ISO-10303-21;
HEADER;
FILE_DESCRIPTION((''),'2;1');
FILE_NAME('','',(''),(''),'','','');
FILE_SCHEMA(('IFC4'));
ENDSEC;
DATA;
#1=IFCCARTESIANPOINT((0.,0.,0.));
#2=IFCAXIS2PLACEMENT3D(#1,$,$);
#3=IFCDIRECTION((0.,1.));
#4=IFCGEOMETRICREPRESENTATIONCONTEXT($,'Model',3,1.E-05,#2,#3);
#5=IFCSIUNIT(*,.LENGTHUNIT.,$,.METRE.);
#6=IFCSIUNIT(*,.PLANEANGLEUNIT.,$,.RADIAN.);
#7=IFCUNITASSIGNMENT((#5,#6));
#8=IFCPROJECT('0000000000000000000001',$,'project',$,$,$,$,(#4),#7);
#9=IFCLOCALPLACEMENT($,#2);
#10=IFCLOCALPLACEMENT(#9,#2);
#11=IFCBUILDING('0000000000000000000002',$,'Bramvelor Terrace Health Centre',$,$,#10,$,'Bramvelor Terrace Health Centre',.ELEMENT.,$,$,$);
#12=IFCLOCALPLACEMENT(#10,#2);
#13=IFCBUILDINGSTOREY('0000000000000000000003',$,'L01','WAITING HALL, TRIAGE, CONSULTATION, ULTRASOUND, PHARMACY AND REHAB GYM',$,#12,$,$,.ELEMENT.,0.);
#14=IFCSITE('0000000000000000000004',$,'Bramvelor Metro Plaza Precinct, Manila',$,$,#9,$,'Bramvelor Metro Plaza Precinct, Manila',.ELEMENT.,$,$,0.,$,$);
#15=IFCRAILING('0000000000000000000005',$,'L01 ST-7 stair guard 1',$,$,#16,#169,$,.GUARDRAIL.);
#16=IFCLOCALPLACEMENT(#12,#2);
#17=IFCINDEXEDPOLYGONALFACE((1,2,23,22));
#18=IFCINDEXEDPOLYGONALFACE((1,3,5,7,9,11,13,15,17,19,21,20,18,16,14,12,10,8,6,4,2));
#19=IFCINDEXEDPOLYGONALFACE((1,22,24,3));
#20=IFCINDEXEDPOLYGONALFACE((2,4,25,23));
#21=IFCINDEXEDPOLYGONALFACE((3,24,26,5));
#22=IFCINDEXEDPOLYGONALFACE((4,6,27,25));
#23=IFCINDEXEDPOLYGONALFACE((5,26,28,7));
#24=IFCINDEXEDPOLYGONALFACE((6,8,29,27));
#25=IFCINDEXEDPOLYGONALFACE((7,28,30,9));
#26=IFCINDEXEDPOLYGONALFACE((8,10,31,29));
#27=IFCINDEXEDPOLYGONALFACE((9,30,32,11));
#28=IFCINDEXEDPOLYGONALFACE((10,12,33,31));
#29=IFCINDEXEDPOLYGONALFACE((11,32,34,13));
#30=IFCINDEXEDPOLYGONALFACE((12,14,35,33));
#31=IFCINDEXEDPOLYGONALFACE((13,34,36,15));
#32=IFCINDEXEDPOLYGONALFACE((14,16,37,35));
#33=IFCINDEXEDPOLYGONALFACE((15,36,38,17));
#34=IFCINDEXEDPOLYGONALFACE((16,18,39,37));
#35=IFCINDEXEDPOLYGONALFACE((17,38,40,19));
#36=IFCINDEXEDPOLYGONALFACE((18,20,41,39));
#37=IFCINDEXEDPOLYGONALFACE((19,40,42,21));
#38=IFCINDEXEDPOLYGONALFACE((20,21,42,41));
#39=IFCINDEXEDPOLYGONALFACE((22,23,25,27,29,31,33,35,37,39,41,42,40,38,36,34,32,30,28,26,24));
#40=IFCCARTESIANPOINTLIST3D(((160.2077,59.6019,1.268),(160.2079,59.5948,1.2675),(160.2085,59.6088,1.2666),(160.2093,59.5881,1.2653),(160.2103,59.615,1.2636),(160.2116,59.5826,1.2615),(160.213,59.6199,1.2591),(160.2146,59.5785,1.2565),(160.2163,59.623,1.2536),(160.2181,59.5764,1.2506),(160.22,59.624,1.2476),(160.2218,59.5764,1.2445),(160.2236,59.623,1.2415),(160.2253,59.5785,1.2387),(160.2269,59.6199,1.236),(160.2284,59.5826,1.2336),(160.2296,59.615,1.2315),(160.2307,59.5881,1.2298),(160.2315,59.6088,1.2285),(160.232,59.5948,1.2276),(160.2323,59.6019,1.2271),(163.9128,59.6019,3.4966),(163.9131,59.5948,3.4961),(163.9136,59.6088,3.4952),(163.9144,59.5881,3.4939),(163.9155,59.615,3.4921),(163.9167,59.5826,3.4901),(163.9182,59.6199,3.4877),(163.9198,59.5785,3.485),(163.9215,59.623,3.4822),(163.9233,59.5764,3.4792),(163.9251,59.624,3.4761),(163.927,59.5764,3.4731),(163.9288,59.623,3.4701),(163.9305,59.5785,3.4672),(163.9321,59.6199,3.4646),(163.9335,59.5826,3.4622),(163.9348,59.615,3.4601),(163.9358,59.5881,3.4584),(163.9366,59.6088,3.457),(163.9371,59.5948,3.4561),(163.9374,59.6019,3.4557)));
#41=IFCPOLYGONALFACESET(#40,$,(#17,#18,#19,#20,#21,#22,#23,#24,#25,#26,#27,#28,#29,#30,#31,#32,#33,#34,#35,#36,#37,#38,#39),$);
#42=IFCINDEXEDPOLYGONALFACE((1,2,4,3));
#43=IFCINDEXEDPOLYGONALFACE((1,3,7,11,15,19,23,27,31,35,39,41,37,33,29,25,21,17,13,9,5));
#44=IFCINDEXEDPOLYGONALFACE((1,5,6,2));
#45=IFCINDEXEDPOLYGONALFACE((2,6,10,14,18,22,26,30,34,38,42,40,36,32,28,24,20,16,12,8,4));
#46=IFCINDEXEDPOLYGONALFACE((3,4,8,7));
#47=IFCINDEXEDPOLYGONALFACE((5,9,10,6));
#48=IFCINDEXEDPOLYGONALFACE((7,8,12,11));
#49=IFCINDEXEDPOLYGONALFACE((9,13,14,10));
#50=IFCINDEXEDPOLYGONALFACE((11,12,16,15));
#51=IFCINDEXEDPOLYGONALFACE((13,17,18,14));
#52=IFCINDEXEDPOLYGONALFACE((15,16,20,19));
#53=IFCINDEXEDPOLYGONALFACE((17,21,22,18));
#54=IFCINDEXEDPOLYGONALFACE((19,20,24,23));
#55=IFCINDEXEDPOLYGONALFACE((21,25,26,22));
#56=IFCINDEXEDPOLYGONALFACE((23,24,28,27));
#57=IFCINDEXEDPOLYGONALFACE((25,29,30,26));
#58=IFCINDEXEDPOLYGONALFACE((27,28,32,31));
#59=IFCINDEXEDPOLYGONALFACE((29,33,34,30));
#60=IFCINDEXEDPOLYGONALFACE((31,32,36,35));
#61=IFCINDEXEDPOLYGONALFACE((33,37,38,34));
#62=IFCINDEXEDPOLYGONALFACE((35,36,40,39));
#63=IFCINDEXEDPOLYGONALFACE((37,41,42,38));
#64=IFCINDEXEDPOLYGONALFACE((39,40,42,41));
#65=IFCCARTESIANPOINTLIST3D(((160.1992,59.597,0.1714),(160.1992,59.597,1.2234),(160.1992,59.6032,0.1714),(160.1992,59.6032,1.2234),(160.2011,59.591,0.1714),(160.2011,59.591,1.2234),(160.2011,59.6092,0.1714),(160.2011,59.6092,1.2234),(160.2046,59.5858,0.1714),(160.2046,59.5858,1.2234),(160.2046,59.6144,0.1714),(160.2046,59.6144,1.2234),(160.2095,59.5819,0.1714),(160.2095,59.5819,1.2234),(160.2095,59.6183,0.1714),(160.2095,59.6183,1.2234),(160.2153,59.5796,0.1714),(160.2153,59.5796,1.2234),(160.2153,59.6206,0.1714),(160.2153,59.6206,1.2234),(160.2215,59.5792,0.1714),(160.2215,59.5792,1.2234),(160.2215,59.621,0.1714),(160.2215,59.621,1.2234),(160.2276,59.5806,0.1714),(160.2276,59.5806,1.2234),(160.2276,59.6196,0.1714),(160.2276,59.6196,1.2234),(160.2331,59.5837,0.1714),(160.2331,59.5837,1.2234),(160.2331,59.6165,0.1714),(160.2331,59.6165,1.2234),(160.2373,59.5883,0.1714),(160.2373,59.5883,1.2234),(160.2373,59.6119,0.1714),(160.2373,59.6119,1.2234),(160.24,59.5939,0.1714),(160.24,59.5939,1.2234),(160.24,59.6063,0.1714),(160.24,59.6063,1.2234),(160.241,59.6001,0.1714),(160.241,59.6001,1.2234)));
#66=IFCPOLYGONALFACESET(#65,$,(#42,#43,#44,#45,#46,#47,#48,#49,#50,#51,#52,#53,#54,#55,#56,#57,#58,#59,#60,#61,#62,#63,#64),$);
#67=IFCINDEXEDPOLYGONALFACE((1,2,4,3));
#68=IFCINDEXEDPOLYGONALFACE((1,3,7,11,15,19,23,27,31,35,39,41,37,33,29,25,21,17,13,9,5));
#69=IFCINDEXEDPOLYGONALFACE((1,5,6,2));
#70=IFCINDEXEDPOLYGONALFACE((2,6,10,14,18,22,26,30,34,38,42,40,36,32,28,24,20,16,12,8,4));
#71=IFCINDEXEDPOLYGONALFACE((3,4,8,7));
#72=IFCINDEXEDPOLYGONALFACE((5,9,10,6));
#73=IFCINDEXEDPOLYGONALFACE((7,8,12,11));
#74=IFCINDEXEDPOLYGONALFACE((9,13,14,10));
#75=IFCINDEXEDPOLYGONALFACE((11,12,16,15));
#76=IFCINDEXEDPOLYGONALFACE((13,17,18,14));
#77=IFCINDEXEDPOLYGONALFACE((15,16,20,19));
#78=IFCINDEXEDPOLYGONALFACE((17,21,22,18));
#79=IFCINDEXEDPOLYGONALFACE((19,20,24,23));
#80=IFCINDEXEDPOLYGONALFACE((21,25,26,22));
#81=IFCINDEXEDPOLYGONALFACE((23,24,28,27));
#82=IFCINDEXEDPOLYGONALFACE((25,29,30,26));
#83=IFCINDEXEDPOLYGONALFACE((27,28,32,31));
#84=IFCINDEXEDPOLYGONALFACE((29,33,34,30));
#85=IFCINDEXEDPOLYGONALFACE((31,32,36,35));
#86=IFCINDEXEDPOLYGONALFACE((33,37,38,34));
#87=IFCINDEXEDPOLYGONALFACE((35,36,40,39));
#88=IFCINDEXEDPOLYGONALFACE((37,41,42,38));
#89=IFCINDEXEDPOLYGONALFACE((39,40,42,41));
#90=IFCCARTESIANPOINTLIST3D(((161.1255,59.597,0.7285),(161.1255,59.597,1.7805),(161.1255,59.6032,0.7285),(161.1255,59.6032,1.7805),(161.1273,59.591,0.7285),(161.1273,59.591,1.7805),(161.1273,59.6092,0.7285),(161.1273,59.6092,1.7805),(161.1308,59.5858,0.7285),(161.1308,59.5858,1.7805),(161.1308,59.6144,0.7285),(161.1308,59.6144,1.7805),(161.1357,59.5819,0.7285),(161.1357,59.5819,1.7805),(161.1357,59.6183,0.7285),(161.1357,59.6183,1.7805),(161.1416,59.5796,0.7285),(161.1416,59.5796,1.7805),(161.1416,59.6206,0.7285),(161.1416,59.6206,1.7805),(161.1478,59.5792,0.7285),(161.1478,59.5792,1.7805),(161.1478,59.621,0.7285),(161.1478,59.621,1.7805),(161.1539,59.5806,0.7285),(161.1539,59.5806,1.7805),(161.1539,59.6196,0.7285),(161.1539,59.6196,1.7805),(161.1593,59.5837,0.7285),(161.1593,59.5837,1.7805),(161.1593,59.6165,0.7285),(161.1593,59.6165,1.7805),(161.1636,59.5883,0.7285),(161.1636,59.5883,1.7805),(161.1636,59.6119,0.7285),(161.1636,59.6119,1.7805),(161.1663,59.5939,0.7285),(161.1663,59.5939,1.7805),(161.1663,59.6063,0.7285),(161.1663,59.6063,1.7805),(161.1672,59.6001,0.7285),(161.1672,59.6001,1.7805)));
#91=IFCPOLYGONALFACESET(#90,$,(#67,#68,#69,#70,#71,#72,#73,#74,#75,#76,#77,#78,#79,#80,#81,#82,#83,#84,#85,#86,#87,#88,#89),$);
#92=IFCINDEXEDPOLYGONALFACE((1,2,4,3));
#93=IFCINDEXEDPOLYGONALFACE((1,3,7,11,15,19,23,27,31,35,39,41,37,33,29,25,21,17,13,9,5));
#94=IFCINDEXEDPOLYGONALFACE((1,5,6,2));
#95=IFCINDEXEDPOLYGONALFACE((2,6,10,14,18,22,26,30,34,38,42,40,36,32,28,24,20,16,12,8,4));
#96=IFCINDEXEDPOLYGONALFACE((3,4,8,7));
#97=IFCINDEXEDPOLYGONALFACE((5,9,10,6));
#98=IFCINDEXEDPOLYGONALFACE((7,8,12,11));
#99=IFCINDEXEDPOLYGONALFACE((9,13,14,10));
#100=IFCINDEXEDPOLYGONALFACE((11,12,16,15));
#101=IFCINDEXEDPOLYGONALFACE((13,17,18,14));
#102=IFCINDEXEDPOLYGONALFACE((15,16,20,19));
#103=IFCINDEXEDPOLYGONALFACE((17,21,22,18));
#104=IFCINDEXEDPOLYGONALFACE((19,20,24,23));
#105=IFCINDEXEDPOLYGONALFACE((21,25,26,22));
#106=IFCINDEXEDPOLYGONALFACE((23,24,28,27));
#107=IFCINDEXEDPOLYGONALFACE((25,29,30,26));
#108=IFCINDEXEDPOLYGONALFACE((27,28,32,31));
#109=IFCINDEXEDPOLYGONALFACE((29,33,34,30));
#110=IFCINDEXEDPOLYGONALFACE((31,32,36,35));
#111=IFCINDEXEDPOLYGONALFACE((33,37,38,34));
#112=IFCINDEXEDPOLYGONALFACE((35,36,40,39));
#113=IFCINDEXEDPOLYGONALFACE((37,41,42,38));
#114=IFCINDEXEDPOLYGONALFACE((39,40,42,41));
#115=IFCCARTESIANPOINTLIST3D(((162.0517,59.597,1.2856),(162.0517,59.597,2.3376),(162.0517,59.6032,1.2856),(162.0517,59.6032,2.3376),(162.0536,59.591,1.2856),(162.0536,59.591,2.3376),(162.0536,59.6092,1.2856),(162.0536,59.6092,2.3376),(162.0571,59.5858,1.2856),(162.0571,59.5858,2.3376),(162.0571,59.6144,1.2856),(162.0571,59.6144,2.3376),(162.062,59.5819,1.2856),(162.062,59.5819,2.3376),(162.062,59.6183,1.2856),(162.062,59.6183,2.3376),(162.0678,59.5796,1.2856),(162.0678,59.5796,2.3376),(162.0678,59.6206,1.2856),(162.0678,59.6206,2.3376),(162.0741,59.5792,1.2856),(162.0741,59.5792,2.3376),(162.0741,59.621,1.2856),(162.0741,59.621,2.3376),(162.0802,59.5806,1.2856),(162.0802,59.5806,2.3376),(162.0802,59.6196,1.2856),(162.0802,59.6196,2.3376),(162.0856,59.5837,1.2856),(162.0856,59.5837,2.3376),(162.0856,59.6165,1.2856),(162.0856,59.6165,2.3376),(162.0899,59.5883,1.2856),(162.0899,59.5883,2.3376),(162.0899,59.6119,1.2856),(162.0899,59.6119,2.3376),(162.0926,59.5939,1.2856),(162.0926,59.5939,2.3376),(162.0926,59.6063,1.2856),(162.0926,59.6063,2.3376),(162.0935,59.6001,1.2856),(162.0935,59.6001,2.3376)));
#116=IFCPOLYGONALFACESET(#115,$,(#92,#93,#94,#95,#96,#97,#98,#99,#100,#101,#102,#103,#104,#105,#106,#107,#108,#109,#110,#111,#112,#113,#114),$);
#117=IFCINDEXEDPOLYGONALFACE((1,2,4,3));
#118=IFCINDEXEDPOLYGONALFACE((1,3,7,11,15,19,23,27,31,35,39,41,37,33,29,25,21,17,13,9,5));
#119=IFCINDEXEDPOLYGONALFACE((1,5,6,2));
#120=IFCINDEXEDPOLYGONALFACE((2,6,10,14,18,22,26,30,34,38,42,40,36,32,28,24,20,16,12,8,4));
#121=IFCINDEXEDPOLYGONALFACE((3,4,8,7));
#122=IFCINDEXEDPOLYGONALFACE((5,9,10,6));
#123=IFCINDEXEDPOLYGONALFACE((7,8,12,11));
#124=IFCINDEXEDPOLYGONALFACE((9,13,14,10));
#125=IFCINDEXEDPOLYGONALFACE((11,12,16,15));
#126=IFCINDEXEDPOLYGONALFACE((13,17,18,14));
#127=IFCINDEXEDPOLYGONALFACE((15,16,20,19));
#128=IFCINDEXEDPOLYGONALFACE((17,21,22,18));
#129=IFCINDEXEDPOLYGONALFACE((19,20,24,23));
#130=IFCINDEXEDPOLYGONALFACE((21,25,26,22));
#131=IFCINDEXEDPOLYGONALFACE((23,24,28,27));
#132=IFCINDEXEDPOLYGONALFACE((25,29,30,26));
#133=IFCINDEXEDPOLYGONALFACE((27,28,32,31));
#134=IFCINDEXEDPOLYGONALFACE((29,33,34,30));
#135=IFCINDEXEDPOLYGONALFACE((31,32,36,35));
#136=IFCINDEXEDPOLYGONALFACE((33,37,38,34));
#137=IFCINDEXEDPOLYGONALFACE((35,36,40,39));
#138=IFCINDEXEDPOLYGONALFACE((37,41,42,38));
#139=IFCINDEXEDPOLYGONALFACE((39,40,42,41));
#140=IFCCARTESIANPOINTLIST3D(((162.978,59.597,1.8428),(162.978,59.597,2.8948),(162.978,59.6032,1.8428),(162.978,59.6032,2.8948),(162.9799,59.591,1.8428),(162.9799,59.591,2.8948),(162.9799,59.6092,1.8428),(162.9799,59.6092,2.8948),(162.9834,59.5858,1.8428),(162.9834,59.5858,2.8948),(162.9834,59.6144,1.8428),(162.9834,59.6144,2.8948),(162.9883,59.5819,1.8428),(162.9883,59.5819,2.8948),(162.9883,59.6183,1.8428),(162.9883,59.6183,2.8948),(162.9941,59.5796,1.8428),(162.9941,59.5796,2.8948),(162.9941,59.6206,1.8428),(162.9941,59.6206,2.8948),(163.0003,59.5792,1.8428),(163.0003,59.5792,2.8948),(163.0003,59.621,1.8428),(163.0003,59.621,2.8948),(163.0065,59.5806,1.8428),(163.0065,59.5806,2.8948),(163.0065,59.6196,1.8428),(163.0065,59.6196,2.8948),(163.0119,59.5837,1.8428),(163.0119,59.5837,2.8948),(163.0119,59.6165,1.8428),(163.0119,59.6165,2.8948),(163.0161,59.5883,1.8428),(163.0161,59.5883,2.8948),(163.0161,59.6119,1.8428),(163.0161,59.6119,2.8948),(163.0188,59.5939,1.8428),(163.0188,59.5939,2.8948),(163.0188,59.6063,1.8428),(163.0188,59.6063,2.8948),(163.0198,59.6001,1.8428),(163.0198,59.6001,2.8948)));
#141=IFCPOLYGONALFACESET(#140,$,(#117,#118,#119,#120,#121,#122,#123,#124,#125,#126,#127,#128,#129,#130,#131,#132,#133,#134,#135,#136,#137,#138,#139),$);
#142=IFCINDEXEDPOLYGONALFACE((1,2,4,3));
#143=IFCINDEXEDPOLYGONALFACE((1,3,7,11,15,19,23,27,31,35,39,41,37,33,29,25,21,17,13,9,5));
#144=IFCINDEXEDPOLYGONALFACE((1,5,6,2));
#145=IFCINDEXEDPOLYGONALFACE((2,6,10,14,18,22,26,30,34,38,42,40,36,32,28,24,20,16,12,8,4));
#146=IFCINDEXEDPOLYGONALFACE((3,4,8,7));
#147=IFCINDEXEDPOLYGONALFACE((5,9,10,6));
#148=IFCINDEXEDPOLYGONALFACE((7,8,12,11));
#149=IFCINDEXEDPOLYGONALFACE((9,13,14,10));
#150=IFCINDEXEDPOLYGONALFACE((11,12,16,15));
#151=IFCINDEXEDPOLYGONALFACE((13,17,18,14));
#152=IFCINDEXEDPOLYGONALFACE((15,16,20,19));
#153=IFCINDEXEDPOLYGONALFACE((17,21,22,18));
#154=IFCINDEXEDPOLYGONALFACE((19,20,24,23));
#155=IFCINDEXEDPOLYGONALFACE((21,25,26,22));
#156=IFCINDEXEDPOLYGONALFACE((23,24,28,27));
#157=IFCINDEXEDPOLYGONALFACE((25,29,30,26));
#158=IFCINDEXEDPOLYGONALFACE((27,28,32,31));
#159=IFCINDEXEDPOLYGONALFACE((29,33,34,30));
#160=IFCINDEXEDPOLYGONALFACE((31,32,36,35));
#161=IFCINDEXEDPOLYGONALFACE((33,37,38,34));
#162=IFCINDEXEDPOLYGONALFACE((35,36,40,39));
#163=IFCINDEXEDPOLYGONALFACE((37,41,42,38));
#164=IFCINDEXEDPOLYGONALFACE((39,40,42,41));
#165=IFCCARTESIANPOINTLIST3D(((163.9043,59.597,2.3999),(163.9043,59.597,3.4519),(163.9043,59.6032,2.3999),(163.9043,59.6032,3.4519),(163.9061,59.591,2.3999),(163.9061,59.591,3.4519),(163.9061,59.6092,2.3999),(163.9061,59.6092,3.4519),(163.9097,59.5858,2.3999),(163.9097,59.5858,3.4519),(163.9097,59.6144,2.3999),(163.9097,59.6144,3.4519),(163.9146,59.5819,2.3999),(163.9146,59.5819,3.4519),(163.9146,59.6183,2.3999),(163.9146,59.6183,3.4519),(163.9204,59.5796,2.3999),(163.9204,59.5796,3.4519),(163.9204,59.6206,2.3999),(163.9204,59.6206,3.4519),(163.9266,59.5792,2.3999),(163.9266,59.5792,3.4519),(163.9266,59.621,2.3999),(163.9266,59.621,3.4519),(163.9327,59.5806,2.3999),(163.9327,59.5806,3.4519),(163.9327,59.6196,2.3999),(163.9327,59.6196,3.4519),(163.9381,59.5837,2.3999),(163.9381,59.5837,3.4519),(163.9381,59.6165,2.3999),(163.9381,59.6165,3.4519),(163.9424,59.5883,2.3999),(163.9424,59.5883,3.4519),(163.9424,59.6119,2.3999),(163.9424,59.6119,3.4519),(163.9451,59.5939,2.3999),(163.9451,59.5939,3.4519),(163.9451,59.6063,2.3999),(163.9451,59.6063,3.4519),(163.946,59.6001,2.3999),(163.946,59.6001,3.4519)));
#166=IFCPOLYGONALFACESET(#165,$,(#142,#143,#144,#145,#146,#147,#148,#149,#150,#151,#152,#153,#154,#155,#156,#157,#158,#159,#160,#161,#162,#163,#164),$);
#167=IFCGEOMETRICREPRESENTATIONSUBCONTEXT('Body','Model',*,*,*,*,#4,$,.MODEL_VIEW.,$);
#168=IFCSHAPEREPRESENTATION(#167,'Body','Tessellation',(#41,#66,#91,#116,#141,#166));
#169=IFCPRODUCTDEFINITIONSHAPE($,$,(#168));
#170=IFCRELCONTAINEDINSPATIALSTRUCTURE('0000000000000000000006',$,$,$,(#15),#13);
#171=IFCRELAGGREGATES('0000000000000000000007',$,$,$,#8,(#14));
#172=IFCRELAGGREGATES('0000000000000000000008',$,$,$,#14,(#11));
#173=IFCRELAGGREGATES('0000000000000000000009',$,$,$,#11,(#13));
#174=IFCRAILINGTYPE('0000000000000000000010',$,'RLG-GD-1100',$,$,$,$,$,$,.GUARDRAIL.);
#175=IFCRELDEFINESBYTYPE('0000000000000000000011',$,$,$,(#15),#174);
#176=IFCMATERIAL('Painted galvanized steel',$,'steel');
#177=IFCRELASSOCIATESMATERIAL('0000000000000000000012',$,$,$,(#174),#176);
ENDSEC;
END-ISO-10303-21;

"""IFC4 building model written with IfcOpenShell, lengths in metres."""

from ifc_helpers import new_model, si_unit, direction, frame, origin, origin_2d, place, context, subcontext, project, spatial, circle, extrude, material, type_object, element, save


model = new_model("IFC4")

# Units and contexts
model_context = context("Model", 3, precision=1e-05, world=origin(), true_north=direction((0.0, 1.0)))
body_context = subcontext(model_context, "Body", "Model", "MODEL_VIEW")
ifc_project = project(units=[si_unit("LENGTHUNIT", "METRE"), si_unit("PLANEANGLEUNIT", "RADIAN")], contexts=[model_context])

# Site, building, storey
site_placement = place(None, origin())
site = spatial("IfcSite", under=ifc_project, at=site_placement, Name="Bramvelor Metro Plaza Precinct, Manila", LongName="Bramvelor Metro Plaza Precinct, Manila", CompositionType="ELEMENT", RefElevation=0.0)
building_placement = place(site_placement, origin())
building = spatial("IfcBuilding", under=site, at=building_placement, Name="Bramvelor Terrace Health Centre", LongName="Bramvelor Terrace Health Centre", CompositionType="ELEMENT")
storey_placement = place(building_placement, origin())
storey = spatial("IfcBuildingStorey", under=building, at=storey_placement, Name="L01", Description="WAITING HALL, TRIAGE, CONSULTATION, ULTRASOUND, PHARMACY AND REHAB GYM", CompositionType="ELEMENT", Elevation=0.0)

# Railing
ifc_material_1 = material(Name="Painted galvanized steel", Category="steel")
railing_type_1 = type_object("IfcRailingType", Name="RLG-GD-1100", PredefinedType="GUARDRAIL", material=ifc_material_1)
railing_1_placement = place(storey_placement, frame((160.22, 59.6001, 0.1714)))
element("IfcRailing", 1, at=railing_1_placement, inside=storey, type_object=railing_type_1, Name="L01 ST-7 stair guard 1", PredefinedType="GUARDRAIL", context=body_context, shape_type="SweptSolid", body=[
    extrude(circle(Radius=0.0239, at=origin_2d()), frame((0.0, 0.0, 1.0762), z_axis=(0.856934, 0.0, 0.515425), x_axis=(0.0, 1.0, 0.0)), (0.0, 0.0, 1.0), 4.3237),
    extrude(circle(Radius=0.021, at=origin_2d()), origin(), (0.0, 0.0, 1.0), 1.052),
    extrude(circle(Radius=0.021, at=origin_2d()), frame((0.9263, 0.0, 0.5571)), (0.0, 0.0, 1.0), 1.052),
    extrude(circle(Radius=0.021, at=origin_2d()), frame((1.8525, 0.0, 1.1143)), (0.0, 0.0, 1.0), 1.052),
    extrude(circle(Radius=0.021, at=origin_2d()), frame((2.7788, 0.0, 1.6714)), (0.0, 0.0, 1.0), 1.052),
    extrude(circle(Radius=0.021, at=origin_2d()), frame((3.7051, 0.0, 2.2285)), (0.0, 0.0, 1.0), 1.052),
])

save(model, "model.ifc")
